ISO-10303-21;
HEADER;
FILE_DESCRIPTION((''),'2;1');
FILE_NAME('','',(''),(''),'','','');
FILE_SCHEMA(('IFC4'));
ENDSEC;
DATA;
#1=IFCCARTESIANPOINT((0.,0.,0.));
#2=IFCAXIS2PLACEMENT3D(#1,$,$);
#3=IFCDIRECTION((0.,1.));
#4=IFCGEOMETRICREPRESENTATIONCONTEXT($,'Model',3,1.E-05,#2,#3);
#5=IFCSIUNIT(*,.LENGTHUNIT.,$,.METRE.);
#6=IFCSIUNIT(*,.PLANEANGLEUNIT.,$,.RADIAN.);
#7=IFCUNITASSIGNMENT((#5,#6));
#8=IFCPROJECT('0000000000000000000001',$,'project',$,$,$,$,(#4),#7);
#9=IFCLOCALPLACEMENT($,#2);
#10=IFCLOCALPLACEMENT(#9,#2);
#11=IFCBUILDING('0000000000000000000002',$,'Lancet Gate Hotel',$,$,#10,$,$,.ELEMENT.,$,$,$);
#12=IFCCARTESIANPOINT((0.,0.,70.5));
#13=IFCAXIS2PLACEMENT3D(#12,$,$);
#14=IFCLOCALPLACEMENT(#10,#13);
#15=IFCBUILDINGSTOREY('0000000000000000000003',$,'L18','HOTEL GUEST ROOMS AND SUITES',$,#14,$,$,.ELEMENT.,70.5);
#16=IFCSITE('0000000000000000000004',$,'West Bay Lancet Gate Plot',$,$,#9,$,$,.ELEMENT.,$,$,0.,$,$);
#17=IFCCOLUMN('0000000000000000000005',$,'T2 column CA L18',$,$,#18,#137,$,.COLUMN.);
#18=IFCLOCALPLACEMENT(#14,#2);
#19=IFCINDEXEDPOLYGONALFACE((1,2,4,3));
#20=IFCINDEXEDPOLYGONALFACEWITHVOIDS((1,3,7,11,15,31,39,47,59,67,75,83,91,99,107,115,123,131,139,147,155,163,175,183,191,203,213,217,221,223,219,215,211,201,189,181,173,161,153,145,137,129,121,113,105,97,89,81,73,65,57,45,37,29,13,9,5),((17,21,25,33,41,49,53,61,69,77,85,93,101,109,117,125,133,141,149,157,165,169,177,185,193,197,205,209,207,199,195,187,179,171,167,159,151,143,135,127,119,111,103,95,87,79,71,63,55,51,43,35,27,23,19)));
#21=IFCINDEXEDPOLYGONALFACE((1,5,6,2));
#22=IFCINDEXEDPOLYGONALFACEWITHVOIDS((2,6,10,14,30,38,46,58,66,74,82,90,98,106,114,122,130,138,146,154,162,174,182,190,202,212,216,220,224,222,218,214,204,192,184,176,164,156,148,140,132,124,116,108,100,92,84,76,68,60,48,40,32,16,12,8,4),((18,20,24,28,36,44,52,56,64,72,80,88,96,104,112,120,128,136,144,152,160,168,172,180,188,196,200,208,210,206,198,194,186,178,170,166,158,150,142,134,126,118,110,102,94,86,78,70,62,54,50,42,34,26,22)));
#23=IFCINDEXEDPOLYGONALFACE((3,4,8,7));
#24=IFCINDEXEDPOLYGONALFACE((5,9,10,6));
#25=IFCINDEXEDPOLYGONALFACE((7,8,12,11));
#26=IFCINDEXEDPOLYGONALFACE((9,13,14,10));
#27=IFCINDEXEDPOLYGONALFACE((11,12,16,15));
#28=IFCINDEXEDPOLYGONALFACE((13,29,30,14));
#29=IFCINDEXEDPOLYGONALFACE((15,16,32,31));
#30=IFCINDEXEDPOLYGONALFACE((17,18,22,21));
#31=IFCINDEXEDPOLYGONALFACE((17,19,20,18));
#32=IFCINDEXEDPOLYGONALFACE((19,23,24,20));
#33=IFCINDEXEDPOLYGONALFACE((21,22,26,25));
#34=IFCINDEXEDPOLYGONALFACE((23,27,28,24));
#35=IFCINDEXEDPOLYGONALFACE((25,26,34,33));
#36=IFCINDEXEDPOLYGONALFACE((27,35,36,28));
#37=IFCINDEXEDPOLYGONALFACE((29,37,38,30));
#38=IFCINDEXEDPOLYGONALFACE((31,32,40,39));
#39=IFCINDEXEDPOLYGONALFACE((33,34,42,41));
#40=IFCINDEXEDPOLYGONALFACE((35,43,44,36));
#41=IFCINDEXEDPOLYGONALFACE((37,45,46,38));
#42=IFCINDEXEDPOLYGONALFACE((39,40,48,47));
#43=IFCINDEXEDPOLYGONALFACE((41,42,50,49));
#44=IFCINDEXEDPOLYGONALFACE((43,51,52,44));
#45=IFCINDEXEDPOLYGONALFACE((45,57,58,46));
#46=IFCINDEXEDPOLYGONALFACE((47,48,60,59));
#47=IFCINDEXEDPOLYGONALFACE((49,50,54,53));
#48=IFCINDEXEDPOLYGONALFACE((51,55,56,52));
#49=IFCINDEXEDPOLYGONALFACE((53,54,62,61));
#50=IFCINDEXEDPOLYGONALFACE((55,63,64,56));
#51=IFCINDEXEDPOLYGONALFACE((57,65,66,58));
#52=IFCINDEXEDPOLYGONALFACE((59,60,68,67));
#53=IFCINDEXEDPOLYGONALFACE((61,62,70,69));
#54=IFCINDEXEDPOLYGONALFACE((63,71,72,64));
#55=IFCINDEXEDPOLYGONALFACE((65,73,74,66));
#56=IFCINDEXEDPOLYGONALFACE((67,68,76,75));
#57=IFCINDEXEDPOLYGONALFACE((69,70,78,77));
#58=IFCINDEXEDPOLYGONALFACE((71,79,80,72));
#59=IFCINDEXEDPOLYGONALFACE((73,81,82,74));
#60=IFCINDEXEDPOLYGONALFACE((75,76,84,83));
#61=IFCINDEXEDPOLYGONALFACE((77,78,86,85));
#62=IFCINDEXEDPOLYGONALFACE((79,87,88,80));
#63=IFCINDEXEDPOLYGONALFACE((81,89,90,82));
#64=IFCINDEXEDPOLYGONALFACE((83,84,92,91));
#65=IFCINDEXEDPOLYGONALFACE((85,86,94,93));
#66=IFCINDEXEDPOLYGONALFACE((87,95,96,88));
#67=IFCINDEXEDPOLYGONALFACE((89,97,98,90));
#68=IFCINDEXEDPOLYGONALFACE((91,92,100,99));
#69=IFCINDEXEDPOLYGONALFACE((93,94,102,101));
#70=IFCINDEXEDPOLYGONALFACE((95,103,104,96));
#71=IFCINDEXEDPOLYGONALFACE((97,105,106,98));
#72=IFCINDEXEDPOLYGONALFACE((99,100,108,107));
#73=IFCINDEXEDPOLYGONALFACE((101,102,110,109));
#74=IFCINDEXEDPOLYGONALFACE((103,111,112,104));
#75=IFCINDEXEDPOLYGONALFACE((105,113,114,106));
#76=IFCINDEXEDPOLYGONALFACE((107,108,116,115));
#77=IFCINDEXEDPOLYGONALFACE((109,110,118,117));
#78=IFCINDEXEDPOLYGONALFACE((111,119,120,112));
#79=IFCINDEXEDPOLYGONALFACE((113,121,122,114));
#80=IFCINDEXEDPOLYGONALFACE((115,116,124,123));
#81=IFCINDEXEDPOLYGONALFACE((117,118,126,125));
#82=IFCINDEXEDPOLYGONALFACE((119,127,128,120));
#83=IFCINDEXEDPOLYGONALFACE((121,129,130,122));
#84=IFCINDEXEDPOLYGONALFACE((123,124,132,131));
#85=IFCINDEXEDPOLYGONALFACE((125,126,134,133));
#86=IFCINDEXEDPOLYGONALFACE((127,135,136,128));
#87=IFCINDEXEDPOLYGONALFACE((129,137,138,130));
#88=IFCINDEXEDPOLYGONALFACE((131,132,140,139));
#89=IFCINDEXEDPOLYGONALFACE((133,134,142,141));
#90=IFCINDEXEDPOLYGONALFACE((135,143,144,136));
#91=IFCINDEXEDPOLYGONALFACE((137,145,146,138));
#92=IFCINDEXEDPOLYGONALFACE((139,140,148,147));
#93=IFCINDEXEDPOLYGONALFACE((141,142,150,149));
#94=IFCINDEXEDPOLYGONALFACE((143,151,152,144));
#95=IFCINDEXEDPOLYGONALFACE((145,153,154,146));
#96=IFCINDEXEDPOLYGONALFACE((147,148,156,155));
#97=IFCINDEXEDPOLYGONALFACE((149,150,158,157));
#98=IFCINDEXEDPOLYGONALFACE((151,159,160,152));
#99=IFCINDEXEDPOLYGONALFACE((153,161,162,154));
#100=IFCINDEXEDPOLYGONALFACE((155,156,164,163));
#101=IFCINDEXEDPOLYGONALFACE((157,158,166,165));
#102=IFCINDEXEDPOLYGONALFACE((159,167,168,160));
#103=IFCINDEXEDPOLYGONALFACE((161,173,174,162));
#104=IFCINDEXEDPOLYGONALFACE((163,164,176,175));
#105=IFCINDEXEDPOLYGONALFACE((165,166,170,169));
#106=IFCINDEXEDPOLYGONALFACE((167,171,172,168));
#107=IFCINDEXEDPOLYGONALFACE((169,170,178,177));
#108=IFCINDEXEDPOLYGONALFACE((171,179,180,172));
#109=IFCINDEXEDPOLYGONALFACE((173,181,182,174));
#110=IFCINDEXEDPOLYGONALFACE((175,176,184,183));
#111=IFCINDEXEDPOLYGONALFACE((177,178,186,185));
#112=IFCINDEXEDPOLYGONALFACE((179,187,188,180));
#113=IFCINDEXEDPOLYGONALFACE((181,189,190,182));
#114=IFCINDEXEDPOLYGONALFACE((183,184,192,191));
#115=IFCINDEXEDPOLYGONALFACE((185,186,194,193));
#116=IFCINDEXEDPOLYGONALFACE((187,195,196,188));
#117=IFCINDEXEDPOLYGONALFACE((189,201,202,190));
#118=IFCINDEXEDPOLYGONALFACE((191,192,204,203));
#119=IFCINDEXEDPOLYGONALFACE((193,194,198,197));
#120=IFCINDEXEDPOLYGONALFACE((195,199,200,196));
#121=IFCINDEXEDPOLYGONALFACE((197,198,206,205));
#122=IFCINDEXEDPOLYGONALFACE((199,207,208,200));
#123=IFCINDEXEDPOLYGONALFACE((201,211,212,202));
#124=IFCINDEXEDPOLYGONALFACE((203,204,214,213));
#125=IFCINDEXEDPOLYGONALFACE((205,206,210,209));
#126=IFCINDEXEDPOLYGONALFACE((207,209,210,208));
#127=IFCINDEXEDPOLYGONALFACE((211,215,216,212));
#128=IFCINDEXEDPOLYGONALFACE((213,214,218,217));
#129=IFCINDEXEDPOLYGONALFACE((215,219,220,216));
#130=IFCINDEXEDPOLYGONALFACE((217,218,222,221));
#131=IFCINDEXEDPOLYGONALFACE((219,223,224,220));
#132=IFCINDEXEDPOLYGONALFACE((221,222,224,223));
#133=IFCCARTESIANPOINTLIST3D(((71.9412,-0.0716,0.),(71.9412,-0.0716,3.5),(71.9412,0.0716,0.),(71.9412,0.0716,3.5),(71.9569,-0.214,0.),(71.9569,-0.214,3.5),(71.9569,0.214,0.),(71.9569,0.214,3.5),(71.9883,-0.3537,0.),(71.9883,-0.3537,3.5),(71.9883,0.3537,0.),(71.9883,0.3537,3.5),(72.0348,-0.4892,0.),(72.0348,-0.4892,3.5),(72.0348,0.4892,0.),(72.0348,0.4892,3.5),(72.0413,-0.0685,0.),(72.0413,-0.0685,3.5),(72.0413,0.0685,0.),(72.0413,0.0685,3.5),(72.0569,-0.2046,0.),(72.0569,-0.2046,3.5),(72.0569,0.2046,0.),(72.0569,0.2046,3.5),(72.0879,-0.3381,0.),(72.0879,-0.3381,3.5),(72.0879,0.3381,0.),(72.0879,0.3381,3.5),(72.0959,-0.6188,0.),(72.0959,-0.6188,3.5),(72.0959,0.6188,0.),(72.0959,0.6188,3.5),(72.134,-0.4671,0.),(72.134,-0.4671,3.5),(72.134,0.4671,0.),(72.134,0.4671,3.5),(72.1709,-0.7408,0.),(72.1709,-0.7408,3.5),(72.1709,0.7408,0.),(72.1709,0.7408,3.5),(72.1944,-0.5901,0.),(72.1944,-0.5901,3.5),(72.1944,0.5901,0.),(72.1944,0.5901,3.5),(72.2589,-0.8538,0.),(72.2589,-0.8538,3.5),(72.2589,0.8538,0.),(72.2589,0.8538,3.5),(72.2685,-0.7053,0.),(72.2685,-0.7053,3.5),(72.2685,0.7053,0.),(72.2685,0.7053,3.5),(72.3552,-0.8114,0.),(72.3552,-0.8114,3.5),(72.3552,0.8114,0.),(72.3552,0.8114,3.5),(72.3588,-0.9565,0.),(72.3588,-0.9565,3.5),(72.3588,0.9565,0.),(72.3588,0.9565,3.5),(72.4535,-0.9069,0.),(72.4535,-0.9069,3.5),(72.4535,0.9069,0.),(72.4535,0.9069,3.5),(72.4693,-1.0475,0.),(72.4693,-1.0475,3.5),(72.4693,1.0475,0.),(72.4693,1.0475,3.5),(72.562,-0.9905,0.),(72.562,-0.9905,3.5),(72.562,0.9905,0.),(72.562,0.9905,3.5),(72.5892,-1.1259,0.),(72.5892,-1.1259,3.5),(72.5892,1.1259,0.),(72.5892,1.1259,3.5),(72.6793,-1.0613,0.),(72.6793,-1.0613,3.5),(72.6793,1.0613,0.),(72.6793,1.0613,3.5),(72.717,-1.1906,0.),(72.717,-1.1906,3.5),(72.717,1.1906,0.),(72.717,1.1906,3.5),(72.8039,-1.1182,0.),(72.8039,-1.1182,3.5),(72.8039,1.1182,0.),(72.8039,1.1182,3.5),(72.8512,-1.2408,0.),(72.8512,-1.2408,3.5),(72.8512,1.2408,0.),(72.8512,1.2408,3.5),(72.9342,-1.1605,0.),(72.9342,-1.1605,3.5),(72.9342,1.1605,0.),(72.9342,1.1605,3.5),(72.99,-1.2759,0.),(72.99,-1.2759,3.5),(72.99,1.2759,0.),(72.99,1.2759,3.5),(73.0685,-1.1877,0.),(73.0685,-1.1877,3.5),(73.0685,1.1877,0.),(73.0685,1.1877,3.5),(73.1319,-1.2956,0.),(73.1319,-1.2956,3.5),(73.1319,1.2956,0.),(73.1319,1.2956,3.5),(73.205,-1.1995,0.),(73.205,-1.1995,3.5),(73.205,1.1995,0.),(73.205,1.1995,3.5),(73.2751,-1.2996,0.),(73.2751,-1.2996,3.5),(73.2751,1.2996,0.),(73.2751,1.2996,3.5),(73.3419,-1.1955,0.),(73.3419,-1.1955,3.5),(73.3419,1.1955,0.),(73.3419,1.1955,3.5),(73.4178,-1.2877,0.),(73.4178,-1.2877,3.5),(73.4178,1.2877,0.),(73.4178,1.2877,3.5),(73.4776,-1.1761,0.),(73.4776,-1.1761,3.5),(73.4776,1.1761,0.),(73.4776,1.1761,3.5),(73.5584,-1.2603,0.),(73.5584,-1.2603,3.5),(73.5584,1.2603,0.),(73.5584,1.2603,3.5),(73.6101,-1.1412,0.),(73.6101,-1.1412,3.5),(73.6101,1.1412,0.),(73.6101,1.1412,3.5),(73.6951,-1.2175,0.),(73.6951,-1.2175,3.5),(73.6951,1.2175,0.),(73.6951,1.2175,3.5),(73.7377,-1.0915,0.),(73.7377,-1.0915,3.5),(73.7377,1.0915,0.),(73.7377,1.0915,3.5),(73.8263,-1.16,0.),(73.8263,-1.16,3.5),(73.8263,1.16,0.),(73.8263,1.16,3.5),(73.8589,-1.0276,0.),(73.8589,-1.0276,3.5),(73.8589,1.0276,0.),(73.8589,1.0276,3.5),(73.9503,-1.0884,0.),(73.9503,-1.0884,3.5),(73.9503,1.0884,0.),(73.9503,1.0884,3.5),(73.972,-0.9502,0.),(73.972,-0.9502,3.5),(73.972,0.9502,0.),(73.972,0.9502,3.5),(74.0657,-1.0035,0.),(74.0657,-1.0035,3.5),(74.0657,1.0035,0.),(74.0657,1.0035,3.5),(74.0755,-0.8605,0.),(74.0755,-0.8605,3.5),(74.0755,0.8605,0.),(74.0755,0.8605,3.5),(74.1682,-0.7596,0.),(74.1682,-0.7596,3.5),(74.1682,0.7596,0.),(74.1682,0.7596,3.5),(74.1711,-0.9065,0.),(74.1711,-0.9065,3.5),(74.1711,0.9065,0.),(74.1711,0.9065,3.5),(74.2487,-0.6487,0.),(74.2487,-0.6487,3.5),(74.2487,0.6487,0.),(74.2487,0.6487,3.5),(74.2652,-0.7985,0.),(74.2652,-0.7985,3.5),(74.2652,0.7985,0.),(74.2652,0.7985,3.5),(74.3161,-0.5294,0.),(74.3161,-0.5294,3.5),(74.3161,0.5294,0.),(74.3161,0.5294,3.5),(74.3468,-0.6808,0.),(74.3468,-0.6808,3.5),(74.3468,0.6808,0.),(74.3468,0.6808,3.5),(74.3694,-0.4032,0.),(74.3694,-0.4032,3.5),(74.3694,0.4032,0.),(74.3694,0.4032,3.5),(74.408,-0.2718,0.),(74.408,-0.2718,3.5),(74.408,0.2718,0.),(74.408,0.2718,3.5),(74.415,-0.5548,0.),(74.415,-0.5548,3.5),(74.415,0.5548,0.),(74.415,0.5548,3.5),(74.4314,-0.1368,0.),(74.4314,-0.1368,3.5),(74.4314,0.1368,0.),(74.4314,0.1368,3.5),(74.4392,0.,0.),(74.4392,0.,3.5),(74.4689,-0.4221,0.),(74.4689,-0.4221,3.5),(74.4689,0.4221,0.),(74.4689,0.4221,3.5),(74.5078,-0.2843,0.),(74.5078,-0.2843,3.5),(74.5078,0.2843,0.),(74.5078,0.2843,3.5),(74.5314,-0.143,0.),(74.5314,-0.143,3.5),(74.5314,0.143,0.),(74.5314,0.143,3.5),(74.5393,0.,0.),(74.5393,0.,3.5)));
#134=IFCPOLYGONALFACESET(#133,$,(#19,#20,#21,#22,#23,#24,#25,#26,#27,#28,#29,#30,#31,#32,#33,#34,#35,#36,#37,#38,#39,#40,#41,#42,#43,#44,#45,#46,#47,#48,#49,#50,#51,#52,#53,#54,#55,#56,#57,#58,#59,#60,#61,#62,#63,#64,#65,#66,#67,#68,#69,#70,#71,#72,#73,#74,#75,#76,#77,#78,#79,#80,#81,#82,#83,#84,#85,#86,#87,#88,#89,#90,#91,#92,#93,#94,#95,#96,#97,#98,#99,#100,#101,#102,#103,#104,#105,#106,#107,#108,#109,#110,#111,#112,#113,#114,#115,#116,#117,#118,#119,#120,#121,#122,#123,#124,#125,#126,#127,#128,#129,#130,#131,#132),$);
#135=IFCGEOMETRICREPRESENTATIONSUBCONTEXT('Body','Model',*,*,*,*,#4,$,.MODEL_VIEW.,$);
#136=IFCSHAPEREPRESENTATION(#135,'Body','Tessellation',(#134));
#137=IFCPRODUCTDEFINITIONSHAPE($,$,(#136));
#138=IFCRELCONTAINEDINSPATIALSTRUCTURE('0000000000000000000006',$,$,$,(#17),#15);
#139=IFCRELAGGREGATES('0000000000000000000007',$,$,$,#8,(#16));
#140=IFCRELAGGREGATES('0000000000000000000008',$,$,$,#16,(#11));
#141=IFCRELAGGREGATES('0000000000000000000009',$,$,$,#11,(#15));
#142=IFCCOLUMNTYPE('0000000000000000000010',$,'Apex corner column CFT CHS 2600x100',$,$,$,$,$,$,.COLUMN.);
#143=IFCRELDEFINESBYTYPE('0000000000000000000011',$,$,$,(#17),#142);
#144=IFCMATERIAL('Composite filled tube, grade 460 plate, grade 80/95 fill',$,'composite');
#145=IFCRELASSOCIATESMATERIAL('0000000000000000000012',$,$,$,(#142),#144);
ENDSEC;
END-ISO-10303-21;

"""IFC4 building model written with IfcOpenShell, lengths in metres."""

from ifc_helpers import new_model, si_unit, direction, frame, origin, origin_2d, place, context, subcontext, project, spatial, hollow_circle, extrude, material, material_profile, profile_set, type_object, element, save


model = new_model("IFC4")

# Units and contexts
model_context = context("Model", 3, precision=1e-05, world=origin(), true_north=direction((0.0, 1.0)))
body_context = subcontext(model_context, "Body", "Model", "MODEL_VIEW")
ifc_project = project(units=[si_unit("LENGTHUNIT", "METRE"), si_unit("PLANEANGLEUNIT", "RADIAN")], contexts=[model_context])

# Site, building, storey
site_placement = place(None, origin())
site = spatial("IfcSite", under=ifc_project, at=site_placement, Name="West Bay Lancet Gate Plot", CompositionType="ELEMENT", RefElevation=0.0)
building_placement = place(site_placement, origin())
building = spatial("IfcBuilding", under=site, at=building_placement, Name="Lancet Gate Hotel", CompositionType="ELEMENT")
storey_placement = place(building_placement, frame((0.0, 0.0, 70.5)))
storey = spatial("IfcBuildingStorey", under=building, at=storey_placement, Name="L18", Description="HOTEL GUEST ROOMS AND SUITES", CompositionType="ELEMENT", Elevation=70.5)

# Column
ifc_material_1 = material(Name="Composite filled tube, grade 460 plate, grade 80/95 fill", Category="composite")
ifc_material_profile_1 = material_profile(ifc_material_1, hollow_circle(Radius=1.3, WallThickness=0.1001, at=origin_2d()), Name="CHS 2600x100")
ifc_profile_set_1 = profile_set([ifc_material_profile_1], Name="Composite filled tube, grade 460 plate, grade 80/95 fill")
column_type_1 = type_object("IfcColumnType", Name="Apex corner column CFT CHS 2600x100", PredefinedType="COLUMN", material=ifc_profile_set_1)
column_1_placement = place(storey_placement, frame((73.2393, 0.0, 0.0), z_axis=(0.0, 0.0, 1.0), x_axis=(1.0, 0.0, 0.0)))
element("IfcColumn", 1, at=column_1_placement, inside=storey, type_object=column_type_1, Name="T2 column CA L18", PredefinedType="COLUMN", context=body_context, shape_type="SweptSolid", body=[
    extrude(hollow_circle(Radius=1.3, WallThickness=0.1001, at=origin_2d()), origin(), (0.0, 0.0, 1.0), 3.5),
])

save(model, "model.ifc")
